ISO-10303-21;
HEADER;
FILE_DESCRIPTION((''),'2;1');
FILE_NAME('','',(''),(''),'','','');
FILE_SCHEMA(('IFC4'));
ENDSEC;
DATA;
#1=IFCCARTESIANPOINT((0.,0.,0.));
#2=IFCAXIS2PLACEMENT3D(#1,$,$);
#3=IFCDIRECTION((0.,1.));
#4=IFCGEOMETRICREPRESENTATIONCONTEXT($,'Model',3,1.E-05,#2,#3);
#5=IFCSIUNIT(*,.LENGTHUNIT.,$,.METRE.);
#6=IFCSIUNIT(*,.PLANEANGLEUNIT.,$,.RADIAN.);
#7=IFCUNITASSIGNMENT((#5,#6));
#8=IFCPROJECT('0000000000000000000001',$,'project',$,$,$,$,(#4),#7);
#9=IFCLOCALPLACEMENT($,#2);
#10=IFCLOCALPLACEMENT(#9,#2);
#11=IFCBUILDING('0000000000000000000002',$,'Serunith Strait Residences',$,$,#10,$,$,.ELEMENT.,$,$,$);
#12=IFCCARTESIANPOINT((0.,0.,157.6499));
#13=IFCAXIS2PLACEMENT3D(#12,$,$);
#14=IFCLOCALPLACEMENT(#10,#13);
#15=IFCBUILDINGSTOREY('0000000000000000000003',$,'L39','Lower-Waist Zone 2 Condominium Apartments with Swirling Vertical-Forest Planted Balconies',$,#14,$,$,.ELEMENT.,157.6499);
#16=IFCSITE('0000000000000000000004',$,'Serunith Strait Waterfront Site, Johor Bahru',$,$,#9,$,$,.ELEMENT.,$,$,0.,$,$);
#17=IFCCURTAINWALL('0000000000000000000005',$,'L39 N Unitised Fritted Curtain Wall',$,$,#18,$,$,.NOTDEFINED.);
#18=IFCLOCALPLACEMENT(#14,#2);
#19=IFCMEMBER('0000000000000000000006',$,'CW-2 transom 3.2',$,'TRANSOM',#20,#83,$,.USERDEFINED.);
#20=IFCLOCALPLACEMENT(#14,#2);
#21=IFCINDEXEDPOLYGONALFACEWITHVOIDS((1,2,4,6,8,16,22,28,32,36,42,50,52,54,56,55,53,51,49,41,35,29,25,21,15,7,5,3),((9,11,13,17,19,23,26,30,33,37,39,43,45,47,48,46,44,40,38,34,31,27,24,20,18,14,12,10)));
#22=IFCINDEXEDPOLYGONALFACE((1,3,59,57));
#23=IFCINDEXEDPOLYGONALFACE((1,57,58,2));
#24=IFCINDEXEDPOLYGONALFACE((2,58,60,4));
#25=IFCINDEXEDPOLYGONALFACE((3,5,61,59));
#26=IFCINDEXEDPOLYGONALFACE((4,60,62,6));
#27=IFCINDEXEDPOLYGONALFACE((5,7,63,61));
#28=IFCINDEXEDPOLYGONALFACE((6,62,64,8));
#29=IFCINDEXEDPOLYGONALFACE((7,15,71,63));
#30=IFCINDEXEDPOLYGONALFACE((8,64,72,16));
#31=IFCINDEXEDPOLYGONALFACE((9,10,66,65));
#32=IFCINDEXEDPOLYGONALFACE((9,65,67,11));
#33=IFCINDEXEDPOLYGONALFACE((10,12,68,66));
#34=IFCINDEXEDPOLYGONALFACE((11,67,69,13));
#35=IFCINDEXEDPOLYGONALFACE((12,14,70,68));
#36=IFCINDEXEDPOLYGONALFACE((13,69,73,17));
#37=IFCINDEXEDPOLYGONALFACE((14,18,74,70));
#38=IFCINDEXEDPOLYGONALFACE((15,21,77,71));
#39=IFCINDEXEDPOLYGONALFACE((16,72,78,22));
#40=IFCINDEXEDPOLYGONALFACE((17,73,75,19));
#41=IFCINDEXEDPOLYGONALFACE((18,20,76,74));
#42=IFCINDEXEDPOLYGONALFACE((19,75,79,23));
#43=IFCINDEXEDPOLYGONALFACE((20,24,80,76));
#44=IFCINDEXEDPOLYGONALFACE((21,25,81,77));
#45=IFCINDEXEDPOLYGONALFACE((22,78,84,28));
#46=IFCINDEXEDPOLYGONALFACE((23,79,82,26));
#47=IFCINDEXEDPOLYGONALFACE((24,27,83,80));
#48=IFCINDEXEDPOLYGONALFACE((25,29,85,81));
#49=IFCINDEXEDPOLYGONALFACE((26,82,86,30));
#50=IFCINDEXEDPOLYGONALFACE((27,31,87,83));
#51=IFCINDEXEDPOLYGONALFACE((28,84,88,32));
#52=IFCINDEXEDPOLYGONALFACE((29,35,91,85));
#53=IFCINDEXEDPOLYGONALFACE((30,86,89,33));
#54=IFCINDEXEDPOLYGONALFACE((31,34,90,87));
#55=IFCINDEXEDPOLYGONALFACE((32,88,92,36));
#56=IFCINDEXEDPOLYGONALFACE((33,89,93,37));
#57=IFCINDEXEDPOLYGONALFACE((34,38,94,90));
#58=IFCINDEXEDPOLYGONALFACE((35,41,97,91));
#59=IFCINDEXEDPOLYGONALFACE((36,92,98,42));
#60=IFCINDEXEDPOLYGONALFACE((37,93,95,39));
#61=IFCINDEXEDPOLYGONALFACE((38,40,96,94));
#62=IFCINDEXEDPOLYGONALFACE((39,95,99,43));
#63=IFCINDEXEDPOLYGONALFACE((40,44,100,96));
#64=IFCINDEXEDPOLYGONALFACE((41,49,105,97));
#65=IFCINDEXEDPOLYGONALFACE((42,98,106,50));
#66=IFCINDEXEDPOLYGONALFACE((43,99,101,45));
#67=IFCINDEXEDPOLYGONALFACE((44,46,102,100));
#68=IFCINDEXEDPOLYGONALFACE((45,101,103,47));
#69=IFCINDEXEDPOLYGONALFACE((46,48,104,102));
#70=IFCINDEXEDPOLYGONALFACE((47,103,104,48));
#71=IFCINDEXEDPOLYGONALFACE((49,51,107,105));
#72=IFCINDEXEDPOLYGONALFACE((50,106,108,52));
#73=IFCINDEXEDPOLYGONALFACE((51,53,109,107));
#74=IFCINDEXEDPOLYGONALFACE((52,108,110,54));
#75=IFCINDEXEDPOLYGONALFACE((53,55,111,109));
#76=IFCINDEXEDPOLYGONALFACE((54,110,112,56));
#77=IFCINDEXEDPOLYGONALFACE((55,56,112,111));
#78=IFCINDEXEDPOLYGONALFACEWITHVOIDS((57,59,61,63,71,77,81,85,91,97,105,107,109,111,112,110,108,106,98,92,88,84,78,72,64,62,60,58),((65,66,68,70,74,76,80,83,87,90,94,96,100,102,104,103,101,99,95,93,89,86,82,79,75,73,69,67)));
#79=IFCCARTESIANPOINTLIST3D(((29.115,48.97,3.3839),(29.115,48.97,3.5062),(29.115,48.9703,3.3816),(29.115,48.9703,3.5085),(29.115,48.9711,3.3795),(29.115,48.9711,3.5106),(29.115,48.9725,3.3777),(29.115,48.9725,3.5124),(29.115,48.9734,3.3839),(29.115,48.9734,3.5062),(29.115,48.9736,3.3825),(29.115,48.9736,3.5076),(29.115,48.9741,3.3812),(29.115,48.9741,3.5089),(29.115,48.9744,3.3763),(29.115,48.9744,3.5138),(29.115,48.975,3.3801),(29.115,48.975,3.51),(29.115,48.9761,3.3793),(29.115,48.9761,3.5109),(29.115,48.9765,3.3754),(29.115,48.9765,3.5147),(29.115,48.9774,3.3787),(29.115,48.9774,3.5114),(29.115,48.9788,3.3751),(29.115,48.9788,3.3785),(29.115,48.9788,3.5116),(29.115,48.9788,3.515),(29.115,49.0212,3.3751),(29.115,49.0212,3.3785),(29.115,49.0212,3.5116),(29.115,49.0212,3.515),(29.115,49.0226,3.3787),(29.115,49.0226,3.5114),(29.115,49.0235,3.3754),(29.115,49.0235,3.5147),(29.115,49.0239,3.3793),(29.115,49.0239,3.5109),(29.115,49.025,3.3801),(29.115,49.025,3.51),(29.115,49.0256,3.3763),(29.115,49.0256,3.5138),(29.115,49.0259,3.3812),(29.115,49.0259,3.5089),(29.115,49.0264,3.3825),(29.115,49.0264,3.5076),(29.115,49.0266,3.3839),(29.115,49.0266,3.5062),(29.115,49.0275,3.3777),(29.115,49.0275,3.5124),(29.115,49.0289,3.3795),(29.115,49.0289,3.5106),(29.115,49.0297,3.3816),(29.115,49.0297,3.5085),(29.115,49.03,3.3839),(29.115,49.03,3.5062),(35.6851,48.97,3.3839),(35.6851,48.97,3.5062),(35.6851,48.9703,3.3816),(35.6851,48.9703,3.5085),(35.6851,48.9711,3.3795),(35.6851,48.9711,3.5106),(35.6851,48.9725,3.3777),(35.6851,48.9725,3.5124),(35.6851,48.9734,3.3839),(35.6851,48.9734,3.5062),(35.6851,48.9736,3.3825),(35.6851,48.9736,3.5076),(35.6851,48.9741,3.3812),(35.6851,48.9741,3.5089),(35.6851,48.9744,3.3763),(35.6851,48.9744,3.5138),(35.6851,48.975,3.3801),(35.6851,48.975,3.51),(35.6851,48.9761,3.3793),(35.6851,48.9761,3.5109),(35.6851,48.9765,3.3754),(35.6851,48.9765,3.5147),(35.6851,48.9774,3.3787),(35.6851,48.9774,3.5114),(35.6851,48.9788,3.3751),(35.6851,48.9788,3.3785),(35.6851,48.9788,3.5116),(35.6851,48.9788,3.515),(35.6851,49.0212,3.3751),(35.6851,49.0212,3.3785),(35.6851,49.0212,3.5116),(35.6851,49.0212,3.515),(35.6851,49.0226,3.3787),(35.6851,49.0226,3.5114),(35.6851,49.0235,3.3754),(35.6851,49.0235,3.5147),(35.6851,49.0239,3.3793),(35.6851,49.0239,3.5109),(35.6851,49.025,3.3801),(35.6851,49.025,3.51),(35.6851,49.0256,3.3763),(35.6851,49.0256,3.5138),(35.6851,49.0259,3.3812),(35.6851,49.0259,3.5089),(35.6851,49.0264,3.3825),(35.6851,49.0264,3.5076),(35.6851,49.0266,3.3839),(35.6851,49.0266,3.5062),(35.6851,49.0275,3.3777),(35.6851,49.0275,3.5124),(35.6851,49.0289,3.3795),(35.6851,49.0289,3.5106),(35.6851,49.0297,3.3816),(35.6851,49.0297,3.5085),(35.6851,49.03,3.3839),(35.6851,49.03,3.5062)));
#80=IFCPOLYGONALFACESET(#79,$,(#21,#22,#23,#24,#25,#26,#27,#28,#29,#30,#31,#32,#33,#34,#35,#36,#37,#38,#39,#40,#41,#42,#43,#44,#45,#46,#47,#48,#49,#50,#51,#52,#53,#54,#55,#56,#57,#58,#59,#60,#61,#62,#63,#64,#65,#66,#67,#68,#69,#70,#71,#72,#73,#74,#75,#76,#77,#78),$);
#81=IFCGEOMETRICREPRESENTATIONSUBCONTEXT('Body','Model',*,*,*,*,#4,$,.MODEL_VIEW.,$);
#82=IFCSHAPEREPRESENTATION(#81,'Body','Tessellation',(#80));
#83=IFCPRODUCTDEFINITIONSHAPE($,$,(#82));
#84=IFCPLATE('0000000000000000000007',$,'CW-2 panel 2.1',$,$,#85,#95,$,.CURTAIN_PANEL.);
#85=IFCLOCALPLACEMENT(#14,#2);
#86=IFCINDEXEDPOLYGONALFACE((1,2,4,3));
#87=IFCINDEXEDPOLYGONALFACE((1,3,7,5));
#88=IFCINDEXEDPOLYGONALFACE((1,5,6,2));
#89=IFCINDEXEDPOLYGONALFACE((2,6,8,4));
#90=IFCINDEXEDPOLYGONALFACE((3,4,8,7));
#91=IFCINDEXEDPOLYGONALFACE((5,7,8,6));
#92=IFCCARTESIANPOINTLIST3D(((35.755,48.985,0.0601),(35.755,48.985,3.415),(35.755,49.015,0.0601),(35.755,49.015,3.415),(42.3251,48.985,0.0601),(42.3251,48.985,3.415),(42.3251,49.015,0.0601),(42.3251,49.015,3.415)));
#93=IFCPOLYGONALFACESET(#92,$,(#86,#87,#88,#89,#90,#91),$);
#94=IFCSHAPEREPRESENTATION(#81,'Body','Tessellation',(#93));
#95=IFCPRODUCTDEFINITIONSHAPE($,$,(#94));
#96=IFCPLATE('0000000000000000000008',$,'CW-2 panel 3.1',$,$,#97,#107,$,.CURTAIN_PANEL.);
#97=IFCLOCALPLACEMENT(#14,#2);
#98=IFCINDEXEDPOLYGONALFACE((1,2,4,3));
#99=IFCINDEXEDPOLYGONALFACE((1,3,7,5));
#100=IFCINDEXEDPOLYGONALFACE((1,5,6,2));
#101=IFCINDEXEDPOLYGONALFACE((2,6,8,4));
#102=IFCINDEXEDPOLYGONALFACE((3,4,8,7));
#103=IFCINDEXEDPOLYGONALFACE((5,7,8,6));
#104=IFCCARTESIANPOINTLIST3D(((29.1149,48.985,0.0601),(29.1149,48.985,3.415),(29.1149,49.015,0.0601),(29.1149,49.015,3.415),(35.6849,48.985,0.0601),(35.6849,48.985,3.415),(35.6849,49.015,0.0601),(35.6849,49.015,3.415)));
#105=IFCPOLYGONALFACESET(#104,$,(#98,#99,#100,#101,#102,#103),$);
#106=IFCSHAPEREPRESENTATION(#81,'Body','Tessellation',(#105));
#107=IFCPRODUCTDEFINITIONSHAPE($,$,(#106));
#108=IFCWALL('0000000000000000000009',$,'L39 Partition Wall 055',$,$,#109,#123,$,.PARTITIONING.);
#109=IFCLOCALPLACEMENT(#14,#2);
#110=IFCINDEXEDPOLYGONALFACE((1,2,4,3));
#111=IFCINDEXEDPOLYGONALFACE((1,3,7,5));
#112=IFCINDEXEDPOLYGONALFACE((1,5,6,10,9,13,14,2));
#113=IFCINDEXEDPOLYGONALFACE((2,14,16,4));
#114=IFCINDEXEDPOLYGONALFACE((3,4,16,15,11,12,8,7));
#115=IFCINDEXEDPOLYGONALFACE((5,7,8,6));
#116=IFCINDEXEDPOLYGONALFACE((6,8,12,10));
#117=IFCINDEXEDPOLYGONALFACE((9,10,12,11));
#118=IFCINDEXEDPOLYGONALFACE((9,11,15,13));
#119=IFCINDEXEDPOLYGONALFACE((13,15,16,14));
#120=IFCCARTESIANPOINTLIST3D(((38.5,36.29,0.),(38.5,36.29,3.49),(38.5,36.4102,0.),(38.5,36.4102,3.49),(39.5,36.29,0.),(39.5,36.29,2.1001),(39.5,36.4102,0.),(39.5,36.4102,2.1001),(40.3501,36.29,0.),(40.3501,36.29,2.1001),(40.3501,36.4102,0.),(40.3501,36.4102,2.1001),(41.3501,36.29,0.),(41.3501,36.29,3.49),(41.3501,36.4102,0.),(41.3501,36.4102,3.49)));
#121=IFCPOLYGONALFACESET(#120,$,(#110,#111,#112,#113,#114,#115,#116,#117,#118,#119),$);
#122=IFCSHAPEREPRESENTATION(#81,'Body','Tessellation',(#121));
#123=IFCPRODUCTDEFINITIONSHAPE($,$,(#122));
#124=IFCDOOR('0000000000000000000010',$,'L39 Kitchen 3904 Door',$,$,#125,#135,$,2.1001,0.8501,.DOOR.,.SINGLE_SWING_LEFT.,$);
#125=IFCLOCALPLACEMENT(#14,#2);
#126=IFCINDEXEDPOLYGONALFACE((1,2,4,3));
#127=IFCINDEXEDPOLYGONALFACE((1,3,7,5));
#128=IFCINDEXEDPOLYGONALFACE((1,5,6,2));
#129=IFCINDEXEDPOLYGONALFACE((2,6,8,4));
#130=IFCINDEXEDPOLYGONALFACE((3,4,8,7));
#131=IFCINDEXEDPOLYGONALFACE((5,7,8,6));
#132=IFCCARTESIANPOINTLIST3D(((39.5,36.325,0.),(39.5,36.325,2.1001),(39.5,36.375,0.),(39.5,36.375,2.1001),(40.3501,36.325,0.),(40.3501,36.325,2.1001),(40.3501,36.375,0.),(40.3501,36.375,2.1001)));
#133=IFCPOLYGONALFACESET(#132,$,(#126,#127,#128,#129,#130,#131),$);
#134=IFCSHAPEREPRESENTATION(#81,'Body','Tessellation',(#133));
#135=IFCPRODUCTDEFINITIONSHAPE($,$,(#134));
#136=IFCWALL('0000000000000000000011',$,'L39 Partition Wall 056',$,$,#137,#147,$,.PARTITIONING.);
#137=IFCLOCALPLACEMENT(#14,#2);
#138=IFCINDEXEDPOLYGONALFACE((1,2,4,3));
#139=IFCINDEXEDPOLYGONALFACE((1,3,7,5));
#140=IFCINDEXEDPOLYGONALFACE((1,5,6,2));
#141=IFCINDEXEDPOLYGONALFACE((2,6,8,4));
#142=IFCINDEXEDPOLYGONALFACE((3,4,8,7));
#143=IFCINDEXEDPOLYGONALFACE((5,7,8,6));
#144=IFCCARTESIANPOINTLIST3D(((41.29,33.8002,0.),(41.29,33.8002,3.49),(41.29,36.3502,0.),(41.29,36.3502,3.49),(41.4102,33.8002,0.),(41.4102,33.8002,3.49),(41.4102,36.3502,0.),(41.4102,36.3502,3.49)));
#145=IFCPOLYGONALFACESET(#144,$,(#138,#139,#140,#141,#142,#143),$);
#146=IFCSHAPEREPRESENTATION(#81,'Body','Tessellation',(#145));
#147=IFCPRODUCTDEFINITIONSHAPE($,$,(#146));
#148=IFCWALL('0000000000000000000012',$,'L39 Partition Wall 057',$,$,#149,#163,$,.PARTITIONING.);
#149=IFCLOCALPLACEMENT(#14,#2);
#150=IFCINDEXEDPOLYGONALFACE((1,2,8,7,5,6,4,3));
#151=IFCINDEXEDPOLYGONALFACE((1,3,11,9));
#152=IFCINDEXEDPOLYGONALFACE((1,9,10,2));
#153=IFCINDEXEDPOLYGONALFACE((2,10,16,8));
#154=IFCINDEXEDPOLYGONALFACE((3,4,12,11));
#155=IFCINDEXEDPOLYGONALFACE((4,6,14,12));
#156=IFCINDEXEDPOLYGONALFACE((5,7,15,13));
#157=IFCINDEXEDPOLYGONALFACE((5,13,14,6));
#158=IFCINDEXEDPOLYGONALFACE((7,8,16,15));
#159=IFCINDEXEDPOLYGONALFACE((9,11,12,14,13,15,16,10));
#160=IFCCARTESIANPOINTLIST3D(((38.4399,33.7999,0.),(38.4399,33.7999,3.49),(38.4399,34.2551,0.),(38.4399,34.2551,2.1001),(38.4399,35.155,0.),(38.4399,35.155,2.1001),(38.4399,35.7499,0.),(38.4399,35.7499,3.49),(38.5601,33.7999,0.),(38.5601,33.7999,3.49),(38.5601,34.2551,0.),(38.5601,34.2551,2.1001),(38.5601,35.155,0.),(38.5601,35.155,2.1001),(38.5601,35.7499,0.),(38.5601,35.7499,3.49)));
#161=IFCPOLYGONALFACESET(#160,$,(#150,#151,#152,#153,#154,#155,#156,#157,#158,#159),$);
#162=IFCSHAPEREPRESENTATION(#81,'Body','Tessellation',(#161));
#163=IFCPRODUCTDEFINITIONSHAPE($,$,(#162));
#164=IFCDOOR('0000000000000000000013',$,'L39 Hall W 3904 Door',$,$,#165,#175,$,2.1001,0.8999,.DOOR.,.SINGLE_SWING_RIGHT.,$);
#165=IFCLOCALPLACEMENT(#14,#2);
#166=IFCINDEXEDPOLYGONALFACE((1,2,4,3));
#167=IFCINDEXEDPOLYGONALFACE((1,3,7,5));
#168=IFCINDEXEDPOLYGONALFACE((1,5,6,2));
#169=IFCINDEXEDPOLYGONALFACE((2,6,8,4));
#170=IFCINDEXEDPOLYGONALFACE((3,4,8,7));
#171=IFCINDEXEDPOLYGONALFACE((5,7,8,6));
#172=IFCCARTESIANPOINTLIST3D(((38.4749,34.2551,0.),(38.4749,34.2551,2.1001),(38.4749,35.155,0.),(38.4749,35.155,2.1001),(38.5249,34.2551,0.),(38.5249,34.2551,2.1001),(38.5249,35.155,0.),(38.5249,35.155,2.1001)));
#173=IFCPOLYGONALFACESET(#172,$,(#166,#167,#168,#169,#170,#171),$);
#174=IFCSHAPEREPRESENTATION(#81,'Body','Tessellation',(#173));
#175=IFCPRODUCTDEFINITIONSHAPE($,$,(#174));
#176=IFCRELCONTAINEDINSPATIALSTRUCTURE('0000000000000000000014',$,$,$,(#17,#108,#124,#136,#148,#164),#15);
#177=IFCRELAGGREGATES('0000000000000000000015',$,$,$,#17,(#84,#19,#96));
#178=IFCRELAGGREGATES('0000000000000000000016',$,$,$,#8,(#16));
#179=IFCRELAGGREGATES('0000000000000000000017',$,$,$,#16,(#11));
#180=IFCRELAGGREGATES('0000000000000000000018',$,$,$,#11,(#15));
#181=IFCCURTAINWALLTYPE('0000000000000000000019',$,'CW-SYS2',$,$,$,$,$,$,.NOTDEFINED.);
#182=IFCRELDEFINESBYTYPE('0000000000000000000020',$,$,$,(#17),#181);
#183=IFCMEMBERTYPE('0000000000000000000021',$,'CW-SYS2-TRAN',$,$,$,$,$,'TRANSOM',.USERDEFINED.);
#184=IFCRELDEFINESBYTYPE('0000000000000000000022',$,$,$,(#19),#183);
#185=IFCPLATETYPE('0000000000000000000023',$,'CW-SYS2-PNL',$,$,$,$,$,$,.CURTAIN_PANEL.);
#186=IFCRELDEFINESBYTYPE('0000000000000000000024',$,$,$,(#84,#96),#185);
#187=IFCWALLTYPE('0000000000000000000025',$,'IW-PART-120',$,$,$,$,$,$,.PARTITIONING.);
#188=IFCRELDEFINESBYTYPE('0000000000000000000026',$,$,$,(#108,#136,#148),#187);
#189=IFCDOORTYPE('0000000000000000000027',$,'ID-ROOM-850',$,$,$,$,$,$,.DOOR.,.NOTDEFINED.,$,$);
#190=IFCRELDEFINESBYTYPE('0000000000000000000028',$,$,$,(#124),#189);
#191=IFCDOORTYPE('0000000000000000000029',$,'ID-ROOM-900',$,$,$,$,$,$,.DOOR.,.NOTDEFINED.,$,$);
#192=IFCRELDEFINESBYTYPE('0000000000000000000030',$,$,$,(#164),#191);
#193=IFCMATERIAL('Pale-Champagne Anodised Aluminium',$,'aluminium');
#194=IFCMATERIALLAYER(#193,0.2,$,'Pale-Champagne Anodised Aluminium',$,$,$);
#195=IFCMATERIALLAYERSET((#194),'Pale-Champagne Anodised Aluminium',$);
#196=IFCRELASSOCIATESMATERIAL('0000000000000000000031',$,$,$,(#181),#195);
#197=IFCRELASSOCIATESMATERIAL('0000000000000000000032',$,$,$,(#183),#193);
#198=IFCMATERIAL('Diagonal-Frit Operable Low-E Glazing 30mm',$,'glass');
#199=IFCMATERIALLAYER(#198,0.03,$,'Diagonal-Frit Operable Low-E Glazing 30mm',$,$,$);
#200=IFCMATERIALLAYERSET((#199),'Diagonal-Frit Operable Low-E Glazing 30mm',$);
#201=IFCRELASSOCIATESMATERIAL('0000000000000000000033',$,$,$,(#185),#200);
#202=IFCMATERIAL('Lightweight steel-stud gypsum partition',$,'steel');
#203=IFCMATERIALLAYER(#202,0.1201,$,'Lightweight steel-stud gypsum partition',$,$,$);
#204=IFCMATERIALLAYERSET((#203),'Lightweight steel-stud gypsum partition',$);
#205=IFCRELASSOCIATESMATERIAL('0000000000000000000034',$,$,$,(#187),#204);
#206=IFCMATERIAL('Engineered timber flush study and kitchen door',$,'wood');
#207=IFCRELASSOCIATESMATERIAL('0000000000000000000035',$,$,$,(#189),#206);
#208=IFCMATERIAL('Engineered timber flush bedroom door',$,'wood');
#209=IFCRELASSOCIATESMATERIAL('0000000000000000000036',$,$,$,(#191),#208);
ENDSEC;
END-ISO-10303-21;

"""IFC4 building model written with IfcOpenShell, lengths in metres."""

from ifc_helpers import new_model, si_unit, direction, frame, frame_2d, origin, origin_2d, place, context, subcontext, project, spatial, rectangle, hollow_rectangle, extrude, source, transform, mapped, material, layer, layer_set, material_profile, profile_set, type_object, element, fill, aggregate, save


model = new_model("IFC4")

# Units and contexts
model_context = context("Model", 3, precision=1e-05, world=origin(), true_north=direction((0.0, 1.0)))
body_context = subcontext(model_context, "Body", "Model", "MODEL_VIEW")
ifc_project = project(units=[si_unit("LENGTHUNIT", "METRE"), si_unit("PLANEANGLEUNIT", "RADIAN")], contexts=[model_context])

# Site, building, storey
site_placement = place(None, origin())
site = spatial("IfcSite", under=ifc_project, at=site_placement, Name="Serunith Strait Waterfront Site, Johor Bahru", CompositionType="ELEMENT", RefElevation=0.0)
building_placement = place(site_placement, origin())
building = spatial("IfcBuilding", under=site, at=building_placement, Name="Serunith Strait Residences", CompositionType="ELEMENT")
storey_placement = place(building_placement, frame((0.0, 0.0, 157.6499)))
storey = spatial("IfcBuildingStorey", under=building, at=storey_placement, Name="L39", Description="Lower-Waist Zone 2 Condominium Apartments with Swirling Vertical-Forest Planted Balconies", CompositionType="ELEMENT", Elevation=157.6499)

# Curtain wall, member, plates
ifc_material_1 = material(Name="Pale-Champagne Anodised Aluminium", Category="aluminium")
ifc_layer_1 = layer(ifc_material_1, 0.2, Name="Pale-Champagne Anodised Aluminium")
ifc_layer_set_1 = layer_set([ifc_layer_1], Name="Pale-Champagne Anodised Aluminium")
curtain_wall_type = type_object("IfcCurtainWallType", Name="CW-SYS2", PredefinedType="NOTDEFINED", material=ifc_layer_set_1)
curtain_wall_placement = place(storey_placement, origin())
curtain_wall = element("IfcCurtainWall", 1, at=curtain_wall_placement, inside=storey, type_object=curtain_wall_type, Name="L39 N Unitised Fritted Curtain Wall", PredefinedType="NOTDEFINED")
ifc_material_profile_1 = material_profile(ifc_material_1, hollow_rectangle(XDim=0.0601, YDim=0.1399, WallThickness=0.0034, InnerFilletRadius=0.0054, OuterFilletRadius=0.0088, at=origin_2d()), Name="ALU 140x60x3.5")
ifc_profile_set_1 = profile_set([ifc_material_profile_1], Name="Pale-Champagne Anodised Aluminium")
member_type_1 = type_object("IfcMemberType", Name="CW-SYS2-TRAN", ElementType="TRANSOM", PredefinedType="USERDEFINED", material=ifc_profile_set_1)
shared_shape_1 = source(origin(), body_context, "Body", "SweptSolid", [
    extrude(hollow_rectangle(XDim=0.0601, YDim=0.1399, WallThickness=0.0034, InnerFilletRadius=0.0054, OuterFilletRadius=0.0088, at=origin_2d()), origin(), (0.0, 0.0, 1.0), 6.5701),
])
member_1_placement = place(storey_placement, frame((35.6851, 49.0, 3.4451), z_axis=(-1.0, 0.0, 0.0), x_axis=(0.0, -1.0, 0.0)))
member_1 = element("IfcMember", 2, at=member_1_placement, type_object=member_type_1, Name="CW-2 transom 3.2", ObjectType="TRANSOM", PredefinedType="USERDEFINED", context=body_context, shape_type="MappedRepresentation", body=[
    mapped(shared_shape_1, transform((0.0, 0.0, 0.0), scale=1.0)),
])
ifc_material_2 = material(Name="Diagonal-Frit Operable Low-E Glazing 30mm", Category="glass")
ifc_layer_2 = layer(ifc_material_2, 0.03, Name="Diagonal-Frit Operable Low-E Glazing 30mm")
ifc_layer_set_2 = layer_set([ifc_layer_2], Name="Diagonal-Frit Operable Low-E Glazing 30mm")
plate_type = type_object("IfcPlateType", Name="CW-SYS2-PNL", PredefinedType="CURTAIN_PANEL", material=ifc_layer_set_2)
shared_shape_2 = source(origin(), body_context, "Body", "SweptSolid", [
    extrude(rectangle(XDim=6.5701, YDim=0.03, at=origin_2d()), origin(), (0.0, 0.0, 1.0), 3.355),
])
plate_1_placement = place(storey_placement, frame((39.04, 49.0, 0.0601), z_axis=(0.0, 0.0, 1.0), x_axis=(-1.0, 0.0, 0.0)))
plate_1 = element("IfcPlate", 3, at=plate_1_placement, type_object=plate_type, Name="CW-2 panel 2.1", PredefinedType="CURTAIN_PANEL", context=body_context, shape_type="MappedRepresentation", body=[
    mapped(shared_shape_2, transform((0.0, 0.0, 0.0), scale=1.0)),
])
plate_2_placement = place(storey_placement, frame((32.3999, 49.0, 0.0601), z_axis=(0.0, 0.0, 1.0), x_axis=(-1.0, 0.0, 0.0)))
plate_2 = element("IfcPlate", 4, at=plate_2_placement, type_object=plate_type, Name="CW-2 panel 3.1", PredefinedType="CURTAIN_PANEL", context=body_context, shape_type="MappedRepresentation", body=[
    mapped(shared_shape_2, transform((0.0, 0.0, 0.0), scale=1.0)),
])
aggregate(curtain_wall, [plate_1, member_1, plate_2])

# Wall, opening, door
ifc_material_3 = material(Name="Lightweight steel-stud gypsum partition", Category="steel")
ifc_layer_3 = layer(ifc_material_3, 0.1201, Name="Lightweight steel-stud gypsum partition")
ifc_layer_set_3 = layer_set([ifc_layer_3], Name="Lightweight steel-stud gypsum partition")
wall_type = type_object("IfcWallType", Name="IW-PART-120", PredefinedType="PARTITIONING", material=ifc_layer_set_3)
wall_1_placement = place(storey_placement, frame((38.5, 36.3501, 0.0), z_axis=(0.0, 0.0, 1.0), x_axis=(1.0, 0.0, 0.0)))
wall_1 = element("IfcWall", 5, at=wall_1_placement, inside=storey, type_object=wall_type, Name="L39 Partition Wall 055", PredefinedType="PARTITIONING", context=body_context, shape_type="SweptSolid", body=[
    extrude(rectangle(XDim=2.8501, YDim=0.1201, at=frame_2d((1.425, 0.0))), origin(), (0.0, 0.0, 1.0), 3.49),
])
opening_1_placement = place(wall_1_placement, frame((1.0, 0.0, 0.0)))
opening_1 = element("IfcOpeningElement", 6, at=opening_1_placement, cuts=wall_1, PredefinedType="OPENING", context=body_context, shape_type="SweptSolid", body=[
    extrude(rectangle(XDim=0.8501, YDim=2.1001, at=frame_2d((0.425, 1.05))), frame((0.0, 0.0701, 0.0), z_axis=(0.0, -1.0, 0.0), x_axis=(1.0, 0.0, 0.0)), (0.0, 0.0, 1.0), 0.1401),
])
ifc_material_4 = material(Name="Engineered timber flush study and kitchen door", Category="wood")
door_type_1 = type_object("IfcDoorType", Name="ID-ROOM-850", OperationType="NOTDEFINED", PredefinedType="DOOR", material=ifc_material_4)
shared_shape_3 = source(origin(), body_context, "Body", "SweptSolid", [
    extrude(rectangle(XDim=0.8501, YDim=2.1001, at=frame_2d((0.425, 1.05))), frame((0.0, 0.0249, 0.0), z_axis=(0.0, -1.0, 0.0), x_axis=(1.0, 0.0, 0.0)), (0.0, 0.0, 1.0), 0.05),
])
door_1_placement = place(opening_1_placement, origin())
door_1 = element("IfcDoor", 7, at=door_1_placement, inside=storey, type_object=door_type_1, Name="L39 Kitchen 3904 Door", OperationType="SINGLE_SWING_LEFT", OverallHeight=2.1001, OverallWidth=0.8501, PredefinedType="DOOR", context=body_context, shape_type="MappedRepresentation", body=[
    mapped(shared_shape_3, transform((0.0, 0.0, 0.0), scale=1.0)),
])
fill(opening_1, door_1)

# Wall
wall_2_placement = place(storey_placement, frame((41.3501, 36.3501, 0.0), z_axis=(0.0, 0.0, 1.0), x_axis=(0.0, -1.0, 0.0)))
element("IfcWall", 8, at=wall_2_placement, inside=storey, type_object=wall_type, Name="L39 Partition Wall 056", PredefinedType="PARTITIONING", context=body_context, shape_type="SweptSolid", body=[
    extrude(rectangle(XDim=2.55, YDim=0.1201, at=frame_2d((1.2749, 0.0))), origin(), (0.0, 0.0, 1.0), 3.49),
])

# Wall, opening, door
wall_3_placement = place(storey_placement, frame((38.5, 35.75, 0.0), z_axis=(0.0, 0.0, 1.0), x_axis=(0.0, -1.0, 0.0)))
wall_3 = element("IfcWall", 9, at=wall_3_placement, inside=storey, type_object=wall_type, Name="L39 Partition Wall 057", PredefinedType="PARTITIONING", context=body_context, shape_type="SweptSolid", body=[
    extrude(rectangle(XDim=1.95, YDim=0.1201, at=frame_2d((0.9751, 0.0))), origin(), (0.0, 0.0, 1.0), 3.49),
])
opening_2_placement = place(wall_3_placement, frame((0.595, 0.0, 0.0)))
opening_2 = element("IfcOpeningElement", 10, at=opening_2_placement, cuts=wall_3, PredefinedType="OPENING", context=body_context, shape_type="SweptSolid", body=[
    extrude(rectangle(XDim=0.8999, YDim=2.1001, at=frame_2d((0.45, 1.05))), frame((0.0, 0.0701, 0.0), z_axis=(0.0, -1.0, 0.0), x_axis=(1.0, 0.0, 0.0)), (0.0, 0.0, 1.0), 0.1401),
])
ifc_material_5 = material(Name="Engineered timber flush bedroom door", Category="wood")
door_type_2 = type_object("IfcDoorType", Name="ID-ROOM-900", OperationType="NOTDEFINED", PredefinedType="DOOR", material=ifc_material_5)
shared_shape_4 = source(origin(), body_context, "Body", "SweptSolid", [
    extrude(rectangle(XDim=0.8999, YDim=2.1001, at=frame_2d((0.45, 1.05))), frame((0.0, 0.0249, 0.0), z_axis=(0.0, -1.0, 0.0), x_axis=(1.0, 0.0, 0.0)), (0.0, 0.0, 1.0), 0.05),
])
door_2_placement = place(opening_2_placement, origin())
door_2 = element("IfcDoor", 11, at=door_2_placement, inside=storey, type_object=door_type_2, Name="L39 Hall W 3904 Door", OperationType="SINGLE_SWING_RIGHT", OverallHeight=2.1001, OverallWidth=0.8999, PredefinedType="DOOR", context=body_context, shape_type="MappedRepresentation", body=[
    mapped(shared_shape_4, transform((0.0, 0.0, 0.0), scale=1.0)),
])
fill(opening_2, door_2)

save(model, "model.ifc")
